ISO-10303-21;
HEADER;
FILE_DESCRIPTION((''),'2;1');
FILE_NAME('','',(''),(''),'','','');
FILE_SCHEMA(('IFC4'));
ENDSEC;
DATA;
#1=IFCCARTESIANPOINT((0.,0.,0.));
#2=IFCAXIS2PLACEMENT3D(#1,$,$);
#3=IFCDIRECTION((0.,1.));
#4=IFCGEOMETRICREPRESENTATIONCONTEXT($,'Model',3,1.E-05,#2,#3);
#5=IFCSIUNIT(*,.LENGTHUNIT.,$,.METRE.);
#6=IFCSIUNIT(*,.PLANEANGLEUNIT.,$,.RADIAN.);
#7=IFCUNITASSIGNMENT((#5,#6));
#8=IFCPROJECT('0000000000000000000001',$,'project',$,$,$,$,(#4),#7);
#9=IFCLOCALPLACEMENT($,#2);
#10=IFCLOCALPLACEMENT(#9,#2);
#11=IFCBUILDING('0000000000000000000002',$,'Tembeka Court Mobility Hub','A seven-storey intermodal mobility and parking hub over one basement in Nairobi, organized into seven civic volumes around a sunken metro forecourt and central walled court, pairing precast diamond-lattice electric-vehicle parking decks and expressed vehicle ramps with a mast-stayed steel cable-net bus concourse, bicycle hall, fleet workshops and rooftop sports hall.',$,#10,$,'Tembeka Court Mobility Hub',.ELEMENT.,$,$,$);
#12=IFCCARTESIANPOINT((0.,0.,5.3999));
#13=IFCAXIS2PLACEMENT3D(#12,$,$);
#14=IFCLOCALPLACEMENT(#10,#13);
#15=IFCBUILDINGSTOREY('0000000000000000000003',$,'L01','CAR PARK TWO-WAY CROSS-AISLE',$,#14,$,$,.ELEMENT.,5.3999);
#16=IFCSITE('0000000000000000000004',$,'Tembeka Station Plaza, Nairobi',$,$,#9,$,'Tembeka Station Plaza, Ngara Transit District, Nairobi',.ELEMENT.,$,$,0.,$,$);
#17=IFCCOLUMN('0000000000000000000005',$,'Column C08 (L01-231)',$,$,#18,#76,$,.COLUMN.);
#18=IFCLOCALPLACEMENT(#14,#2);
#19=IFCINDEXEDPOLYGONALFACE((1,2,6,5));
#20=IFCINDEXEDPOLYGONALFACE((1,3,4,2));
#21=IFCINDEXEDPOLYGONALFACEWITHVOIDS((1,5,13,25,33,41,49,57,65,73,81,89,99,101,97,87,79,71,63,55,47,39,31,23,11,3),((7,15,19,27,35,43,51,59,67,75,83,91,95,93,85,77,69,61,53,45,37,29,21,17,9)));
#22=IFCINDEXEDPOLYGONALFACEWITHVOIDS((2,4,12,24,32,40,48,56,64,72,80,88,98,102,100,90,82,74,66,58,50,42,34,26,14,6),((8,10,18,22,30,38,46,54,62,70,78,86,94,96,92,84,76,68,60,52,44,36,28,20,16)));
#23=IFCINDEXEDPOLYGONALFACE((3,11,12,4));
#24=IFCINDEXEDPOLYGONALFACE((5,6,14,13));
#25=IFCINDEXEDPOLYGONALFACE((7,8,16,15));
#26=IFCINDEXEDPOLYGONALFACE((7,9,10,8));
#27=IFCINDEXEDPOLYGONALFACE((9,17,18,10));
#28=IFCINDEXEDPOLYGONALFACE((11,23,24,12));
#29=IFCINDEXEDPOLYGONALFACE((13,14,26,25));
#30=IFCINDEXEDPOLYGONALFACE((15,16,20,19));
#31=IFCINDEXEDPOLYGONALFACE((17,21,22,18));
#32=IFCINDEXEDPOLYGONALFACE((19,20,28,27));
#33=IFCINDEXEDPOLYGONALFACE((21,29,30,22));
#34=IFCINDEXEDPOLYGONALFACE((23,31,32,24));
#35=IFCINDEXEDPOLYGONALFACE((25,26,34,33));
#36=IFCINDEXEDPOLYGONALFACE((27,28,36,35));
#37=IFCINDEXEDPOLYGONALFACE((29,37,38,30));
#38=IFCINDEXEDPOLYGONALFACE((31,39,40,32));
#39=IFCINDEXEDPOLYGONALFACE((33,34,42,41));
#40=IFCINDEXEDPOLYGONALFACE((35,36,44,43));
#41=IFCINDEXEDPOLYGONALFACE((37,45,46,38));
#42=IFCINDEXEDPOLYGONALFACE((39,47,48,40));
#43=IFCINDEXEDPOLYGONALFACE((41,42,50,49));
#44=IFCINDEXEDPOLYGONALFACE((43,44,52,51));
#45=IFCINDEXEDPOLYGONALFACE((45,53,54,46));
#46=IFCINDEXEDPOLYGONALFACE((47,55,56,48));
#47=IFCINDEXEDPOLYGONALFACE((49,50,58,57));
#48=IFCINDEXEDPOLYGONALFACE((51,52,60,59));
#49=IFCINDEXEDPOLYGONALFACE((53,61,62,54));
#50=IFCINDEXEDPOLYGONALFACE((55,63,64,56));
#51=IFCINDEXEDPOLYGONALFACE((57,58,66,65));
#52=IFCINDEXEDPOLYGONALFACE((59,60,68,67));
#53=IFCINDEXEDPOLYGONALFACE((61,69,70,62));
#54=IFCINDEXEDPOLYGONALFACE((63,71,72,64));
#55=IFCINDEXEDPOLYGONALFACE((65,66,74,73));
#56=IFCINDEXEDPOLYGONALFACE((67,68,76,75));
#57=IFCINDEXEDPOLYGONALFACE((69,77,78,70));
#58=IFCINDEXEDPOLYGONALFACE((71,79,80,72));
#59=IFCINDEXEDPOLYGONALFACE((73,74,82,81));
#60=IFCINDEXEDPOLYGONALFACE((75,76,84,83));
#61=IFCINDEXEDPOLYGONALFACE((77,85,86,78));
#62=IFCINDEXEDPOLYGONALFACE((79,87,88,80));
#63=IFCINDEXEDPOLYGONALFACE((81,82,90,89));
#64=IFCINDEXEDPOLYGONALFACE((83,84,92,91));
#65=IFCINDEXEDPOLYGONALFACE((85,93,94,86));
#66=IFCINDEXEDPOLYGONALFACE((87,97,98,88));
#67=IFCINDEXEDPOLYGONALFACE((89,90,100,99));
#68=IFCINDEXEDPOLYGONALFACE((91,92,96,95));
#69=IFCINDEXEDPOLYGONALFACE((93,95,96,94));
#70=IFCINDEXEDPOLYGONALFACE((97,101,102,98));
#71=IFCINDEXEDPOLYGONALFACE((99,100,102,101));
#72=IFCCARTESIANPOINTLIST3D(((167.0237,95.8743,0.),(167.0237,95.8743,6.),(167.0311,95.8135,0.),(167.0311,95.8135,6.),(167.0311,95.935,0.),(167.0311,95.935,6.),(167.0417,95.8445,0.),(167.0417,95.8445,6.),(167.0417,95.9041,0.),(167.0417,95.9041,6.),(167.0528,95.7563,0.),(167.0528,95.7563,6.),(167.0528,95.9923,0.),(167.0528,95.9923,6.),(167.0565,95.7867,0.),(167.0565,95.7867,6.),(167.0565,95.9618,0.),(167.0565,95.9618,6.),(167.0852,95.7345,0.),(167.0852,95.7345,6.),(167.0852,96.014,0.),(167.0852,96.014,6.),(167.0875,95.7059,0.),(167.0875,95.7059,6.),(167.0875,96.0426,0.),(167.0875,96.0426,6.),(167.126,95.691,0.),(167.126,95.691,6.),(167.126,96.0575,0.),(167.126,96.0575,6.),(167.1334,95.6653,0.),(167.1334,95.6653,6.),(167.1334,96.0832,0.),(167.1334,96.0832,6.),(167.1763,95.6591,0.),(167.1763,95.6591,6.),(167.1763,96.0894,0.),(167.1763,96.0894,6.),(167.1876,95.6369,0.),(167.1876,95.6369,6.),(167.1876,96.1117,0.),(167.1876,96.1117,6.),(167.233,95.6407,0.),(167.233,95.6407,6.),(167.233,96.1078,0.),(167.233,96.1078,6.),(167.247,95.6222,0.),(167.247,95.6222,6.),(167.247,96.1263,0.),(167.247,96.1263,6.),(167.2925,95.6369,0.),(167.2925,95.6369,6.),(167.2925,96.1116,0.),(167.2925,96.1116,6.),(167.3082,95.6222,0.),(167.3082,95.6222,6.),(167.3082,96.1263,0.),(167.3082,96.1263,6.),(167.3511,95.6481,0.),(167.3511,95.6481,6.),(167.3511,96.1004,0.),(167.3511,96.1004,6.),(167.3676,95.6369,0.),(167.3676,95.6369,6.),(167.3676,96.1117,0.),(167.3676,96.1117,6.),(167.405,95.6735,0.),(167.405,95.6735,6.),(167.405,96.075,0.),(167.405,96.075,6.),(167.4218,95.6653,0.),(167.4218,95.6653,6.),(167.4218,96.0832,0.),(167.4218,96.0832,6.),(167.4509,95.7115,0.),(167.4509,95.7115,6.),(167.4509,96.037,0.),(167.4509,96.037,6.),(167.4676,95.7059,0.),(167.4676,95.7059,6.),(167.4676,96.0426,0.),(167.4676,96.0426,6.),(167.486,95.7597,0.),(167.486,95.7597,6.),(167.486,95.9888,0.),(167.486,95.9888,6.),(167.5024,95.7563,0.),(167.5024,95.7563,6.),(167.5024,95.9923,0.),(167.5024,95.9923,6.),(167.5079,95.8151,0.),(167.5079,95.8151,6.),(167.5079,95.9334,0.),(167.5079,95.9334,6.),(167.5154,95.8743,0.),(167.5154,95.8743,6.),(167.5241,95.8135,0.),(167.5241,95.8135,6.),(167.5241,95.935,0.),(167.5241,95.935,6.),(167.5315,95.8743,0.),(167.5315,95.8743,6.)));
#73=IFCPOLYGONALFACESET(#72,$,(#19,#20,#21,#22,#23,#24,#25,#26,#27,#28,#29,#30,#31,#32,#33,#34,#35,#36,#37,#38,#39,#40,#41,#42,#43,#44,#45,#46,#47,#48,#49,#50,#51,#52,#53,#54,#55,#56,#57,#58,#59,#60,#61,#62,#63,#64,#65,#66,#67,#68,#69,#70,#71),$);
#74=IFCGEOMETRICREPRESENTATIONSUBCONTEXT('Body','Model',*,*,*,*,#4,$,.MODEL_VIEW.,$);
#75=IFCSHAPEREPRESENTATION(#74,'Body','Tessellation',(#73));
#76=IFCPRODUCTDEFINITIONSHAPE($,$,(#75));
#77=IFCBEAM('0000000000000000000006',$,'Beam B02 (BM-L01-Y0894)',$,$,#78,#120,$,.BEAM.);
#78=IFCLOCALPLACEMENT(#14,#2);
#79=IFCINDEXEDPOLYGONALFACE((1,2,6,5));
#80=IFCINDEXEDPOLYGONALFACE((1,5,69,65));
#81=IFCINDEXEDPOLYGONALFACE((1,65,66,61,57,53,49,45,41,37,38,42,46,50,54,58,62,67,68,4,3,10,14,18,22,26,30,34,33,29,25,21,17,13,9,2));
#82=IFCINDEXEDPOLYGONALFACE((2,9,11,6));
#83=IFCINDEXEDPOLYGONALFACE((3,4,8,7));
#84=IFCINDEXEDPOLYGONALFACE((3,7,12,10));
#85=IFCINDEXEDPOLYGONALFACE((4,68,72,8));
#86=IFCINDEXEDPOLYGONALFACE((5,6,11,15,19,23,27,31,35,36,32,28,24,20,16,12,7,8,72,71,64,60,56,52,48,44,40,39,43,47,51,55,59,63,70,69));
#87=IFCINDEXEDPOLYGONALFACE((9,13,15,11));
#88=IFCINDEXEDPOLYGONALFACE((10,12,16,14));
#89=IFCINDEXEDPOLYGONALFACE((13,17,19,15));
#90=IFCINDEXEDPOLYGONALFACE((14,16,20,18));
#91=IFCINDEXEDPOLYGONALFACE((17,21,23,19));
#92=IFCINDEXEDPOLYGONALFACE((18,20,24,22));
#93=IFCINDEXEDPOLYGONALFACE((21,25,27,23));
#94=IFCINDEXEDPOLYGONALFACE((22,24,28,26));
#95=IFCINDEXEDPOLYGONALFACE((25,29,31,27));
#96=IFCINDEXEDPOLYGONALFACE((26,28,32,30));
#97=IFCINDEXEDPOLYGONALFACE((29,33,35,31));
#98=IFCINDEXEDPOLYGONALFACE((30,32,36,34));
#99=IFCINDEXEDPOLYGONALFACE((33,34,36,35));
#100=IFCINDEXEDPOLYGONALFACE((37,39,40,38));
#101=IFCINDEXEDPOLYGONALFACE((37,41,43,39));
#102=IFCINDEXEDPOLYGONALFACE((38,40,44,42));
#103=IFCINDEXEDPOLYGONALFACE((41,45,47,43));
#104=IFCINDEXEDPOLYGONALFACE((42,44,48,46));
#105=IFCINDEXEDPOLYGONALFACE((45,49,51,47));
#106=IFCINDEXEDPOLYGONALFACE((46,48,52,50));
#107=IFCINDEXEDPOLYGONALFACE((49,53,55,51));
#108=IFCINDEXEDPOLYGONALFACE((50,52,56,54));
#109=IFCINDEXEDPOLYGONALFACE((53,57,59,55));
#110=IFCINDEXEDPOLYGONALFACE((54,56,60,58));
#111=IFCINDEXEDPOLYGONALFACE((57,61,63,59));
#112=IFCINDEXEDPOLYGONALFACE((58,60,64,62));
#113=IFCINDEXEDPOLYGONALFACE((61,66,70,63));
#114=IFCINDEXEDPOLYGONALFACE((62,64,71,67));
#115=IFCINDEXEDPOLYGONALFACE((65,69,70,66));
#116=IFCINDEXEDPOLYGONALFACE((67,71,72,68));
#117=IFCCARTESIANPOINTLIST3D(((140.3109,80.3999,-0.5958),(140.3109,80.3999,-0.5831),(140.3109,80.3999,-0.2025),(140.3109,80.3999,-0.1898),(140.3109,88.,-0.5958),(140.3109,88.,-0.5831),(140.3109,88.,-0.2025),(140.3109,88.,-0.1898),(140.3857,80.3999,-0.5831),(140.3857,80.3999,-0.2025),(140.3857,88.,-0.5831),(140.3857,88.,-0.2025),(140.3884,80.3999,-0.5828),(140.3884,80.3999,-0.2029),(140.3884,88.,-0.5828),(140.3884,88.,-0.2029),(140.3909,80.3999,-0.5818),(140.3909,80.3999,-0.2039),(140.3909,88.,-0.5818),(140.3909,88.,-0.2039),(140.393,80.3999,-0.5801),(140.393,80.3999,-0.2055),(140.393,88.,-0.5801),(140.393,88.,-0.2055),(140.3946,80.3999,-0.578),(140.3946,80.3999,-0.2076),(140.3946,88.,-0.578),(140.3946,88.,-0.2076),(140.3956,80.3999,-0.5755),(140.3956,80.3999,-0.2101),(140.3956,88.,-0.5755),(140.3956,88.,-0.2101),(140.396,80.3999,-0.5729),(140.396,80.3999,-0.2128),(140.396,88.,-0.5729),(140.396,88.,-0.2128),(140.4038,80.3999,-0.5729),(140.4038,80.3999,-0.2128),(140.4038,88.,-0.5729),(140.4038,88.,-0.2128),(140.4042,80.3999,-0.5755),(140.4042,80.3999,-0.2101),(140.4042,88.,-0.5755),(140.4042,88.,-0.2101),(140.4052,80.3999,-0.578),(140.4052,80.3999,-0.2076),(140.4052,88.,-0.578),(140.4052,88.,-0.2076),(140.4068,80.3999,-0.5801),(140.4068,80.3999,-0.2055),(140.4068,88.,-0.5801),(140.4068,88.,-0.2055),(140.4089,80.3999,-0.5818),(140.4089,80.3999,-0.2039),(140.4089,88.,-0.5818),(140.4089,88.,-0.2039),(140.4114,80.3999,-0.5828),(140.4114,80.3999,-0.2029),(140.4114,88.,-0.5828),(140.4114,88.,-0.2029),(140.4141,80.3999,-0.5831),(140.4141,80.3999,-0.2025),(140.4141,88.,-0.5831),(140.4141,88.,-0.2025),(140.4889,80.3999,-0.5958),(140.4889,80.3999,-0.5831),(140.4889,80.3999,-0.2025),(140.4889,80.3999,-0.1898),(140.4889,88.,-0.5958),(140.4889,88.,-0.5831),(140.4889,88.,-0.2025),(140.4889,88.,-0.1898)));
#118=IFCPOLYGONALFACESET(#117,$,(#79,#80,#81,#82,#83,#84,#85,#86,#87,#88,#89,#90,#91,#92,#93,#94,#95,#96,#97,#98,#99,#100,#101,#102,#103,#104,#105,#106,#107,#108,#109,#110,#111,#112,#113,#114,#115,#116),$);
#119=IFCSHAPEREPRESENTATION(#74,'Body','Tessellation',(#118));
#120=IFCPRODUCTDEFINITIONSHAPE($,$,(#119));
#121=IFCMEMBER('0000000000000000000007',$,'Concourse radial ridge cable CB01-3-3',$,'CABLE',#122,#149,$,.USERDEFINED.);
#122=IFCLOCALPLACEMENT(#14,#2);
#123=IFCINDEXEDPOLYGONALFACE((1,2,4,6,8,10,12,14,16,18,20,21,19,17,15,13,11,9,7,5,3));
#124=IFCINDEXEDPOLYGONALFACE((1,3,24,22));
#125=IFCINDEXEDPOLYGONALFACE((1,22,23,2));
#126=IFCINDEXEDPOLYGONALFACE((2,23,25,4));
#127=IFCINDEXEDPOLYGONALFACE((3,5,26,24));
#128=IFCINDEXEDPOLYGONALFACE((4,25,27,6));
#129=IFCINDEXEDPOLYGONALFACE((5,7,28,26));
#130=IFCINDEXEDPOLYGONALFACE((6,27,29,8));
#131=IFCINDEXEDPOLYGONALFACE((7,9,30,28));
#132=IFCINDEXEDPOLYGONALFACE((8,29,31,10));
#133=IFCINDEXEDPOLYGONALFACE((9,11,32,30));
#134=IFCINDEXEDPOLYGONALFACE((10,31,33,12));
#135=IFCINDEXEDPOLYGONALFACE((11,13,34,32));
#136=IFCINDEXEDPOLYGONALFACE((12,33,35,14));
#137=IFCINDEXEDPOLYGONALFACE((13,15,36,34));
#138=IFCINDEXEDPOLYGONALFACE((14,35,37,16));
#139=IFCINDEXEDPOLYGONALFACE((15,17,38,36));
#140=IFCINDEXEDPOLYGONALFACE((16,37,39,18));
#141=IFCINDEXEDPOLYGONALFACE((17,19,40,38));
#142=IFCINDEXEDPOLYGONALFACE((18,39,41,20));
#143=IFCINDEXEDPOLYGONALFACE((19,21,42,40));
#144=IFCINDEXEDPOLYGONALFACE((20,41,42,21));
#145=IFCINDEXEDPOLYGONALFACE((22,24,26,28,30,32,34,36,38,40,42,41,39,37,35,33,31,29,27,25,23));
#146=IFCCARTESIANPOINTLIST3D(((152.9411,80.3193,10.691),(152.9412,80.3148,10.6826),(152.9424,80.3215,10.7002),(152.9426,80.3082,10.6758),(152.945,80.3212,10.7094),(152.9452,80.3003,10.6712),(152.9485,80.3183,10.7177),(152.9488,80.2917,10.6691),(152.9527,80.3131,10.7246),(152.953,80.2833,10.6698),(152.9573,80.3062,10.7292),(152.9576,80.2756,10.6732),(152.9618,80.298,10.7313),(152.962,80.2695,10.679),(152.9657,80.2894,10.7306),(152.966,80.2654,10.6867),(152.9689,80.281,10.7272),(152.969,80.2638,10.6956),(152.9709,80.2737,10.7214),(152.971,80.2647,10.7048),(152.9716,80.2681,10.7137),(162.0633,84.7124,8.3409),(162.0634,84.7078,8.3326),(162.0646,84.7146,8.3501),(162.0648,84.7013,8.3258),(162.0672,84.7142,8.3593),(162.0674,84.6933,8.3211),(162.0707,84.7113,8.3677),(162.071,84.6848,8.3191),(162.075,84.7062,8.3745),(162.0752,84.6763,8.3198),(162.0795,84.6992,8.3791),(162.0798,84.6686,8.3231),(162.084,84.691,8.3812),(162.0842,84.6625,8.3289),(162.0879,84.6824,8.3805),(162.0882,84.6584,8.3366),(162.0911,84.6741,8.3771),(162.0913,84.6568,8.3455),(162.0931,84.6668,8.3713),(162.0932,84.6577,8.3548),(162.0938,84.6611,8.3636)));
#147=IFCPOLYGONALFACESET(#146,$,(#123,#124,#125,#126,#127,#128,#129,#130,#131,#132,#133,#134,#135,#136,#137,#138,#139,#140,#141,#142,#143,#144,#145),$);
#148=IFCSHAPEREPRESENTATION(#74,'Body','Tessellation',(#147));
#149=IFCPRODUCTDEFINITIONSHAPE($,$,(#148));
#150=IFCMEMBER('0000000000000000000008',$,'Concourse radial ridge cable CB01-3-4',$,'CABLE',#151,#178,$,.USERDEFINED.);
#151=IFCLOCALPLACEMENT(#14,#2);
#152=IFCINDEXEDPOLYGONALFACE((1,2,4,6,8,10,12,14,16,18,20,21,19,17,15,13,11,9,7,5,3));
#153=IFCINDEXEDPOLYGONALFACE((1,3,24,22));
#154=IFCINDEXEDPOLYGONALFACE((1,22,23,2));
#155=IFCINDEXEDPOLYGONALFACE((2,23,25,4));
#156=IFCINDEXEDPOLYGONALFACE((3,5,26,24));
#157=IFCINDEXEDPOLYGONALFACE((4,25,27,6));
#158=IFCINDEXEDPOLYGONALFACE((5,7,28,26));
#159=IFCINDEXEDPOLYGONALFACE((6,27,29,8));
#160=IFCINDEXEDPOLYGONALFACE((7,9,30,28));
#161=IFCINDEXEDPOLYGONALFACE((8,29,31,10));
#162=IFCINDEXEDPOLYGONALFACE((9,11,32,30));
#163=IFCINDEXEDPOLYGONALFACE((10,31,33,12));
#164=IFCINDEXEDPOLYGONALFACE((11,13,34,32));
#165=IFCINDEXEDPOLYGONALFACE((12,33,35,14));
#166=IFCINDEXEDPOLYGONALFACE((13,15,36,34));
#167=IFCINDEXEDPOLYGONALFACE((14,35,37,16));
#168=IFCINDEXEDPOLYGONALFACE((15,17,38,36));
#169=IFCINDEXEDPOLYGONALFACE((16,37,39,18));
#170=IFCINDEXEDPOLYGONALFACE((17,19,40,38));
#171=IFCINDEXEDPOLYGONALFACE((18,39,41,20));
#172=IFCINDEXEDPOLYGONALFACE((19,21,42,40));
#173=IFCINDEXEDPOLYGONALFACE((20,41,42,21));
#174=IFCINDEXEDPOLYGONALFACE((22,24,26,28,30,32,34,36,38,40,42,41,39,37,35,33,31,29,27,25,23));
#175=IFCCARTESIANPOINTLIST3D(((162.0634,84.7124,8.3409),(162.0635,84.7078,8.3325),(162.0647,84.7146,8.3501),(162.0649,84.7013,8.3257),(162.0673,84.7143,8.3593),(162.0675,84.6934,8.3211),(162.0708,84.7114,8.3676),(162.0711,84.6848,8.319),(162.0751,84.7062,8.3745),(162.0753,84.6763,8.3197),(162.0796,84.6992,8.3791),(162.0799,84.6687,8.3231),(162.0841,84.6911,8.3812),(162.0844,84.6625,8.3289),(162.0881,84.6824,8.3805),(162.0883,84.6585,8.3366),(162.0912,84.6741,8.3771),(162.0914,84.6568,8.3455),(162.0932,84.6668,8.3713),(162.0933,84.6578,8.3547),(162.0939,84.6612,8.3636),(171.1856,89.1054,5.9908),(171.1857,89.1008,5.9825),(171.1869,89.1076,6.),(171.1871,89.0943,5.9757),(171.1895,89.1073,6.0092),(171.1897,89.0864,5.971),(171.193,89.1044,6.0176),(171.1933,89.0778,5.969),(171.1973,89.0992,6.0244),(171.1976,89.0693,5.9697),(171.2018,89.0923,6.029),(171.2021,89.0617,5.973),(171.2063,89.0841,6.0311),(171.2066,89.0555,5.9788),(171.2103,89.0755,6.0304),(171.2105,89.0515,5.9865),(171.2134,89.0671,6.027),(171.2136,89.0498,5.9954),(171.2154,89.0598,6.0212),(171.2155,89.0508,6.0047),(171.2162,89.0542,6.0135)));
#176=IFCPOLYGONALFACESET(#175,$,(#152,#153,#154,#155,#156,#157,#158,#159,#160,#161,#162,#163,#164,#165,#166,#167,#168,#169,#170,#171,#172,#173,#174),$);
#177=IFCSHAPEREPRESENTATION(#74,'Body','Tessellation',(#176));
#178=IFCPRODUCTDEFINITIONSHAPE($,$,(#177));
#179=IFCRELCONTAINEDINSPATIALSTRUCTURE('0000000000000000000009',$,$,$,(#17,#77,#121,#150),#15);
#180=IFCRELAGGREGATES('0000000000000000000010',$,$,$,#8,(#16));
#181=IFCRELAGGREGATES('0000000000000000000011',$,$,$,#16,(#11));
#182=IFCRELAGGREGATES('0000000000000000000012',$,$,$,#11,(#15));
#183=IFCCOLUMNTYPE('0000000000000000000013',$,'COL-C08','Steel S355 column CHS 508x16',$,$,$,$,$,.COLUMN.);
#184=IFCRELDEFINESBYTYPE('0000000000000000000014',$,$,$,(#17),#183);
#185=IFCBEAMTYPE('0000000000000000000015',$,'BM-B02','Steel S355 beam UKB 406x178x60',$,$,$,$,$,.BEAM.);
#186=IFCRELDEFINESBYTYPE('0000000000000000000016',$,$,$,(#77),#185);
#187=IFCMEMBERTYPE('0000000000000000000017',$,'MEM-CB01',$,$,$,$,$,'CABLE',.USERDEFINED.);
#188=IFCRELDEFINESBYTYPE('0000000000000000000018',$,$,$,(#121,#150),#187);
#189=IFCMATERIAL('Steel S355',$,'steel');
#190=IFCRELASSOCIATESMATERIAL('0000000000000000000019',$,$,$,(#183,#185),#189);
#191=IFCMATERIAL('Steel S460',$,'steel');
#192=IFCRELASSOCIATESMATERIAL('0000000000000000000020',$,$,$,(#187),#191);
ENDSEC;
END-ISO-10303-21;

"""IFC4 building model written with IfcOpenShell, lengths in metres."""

from ifc_helpers import new_model, si_unit, direction, frame, origin, origin_2d, place, context, subcontext, project, spatial, circle, hollow_circle, i_section, extrude, material, material_profile, profile_set, type_object, element, save


model = new_model("IFC4")

# Units and contexts
model_context = context("Model", 3, precision=1e-05, world=origin(), true_north=direction((0.0, 1.0)))
body_context = subcontext(model_context, "Body", "Model", "MODEL_VIEW")
ifc_project = project(units=[si_unit("LENGTHUNIT", "METRE"), si_unit("PLANEANGLEUNIT", "RADIAN")], contexts=[model_context])

# Site, building, storey
site_placement = place(None, origin())
site = spatial("IfcSite", under=ifc_project, at=site_placement, Name="Tembeka Station Plaza, Nairobi", LongName="Tembeka Station Plaza, Ngara Transit District, Nairobi", CompositionType="ELEMENT", RefElevation=0.0)
building_placement = place(site_placement, origin())
building = spatial("IfcBuilding", under=site, at=building_placement, Name="Tembeka Court Mobility Hub", Description="A seven-storey intermodal mobility and parking hub over one basement in Nairobi, organized into seven civic volumes around a sunken metro forecourt and central walled court, pairing precast diamond-lattice electric-vehicle parking decks and expressed vehicle ramps with a mast-stayed steel cable-net bus concourse, bicycle hall, fleet workshops and rooftop sports hall.", LongName="Tembeka Court Mobility Hub", CompositionType="ELEMENT")
storey_placement = place(building_placement, frame((0.0, 0.0, 5.3999)))
storey = spatial("IfcBuildingStorey", under=building, at=storey_placement, Name="L01", Description="CAR PARK TWO-WAY CROSS-AISLE", CompositionType="ELEMENT", Elevation=5.3999)

# Column
ifc_material_1 = material(Name="Steel S355", Category="steel")
ifc_material_profile_1 = material_profile(ifc_material_1, hollow_circle(Radius=0.2539, WallThickness=0.0161, at=origin_2d()), Name="CHS 508x16")
ifc_profile_set_1 = profile_set([ifc_material_profile_1], Name="Steel S355")
column_type = type_object("IfcColumnType", Name="COL-C08", Description="Steel S355 column CHS 508x16", PredefinedType="COLUMN", material=ifc_profile_set_1)
column_placement = place(storey_placement, frame((167.2776, 95.8743, 0.0), z_axis=(0.0, 0.0, 1.0), x_axis=(1.0, 0.0, 0.0)))
element("IfcColumn", 1, at=column_placement, inside=storey, type_object=column_type, Name="Column C08 (L01-231)", PredefinedType="COLUMN", context=body_context, shape_type="SweptSolid", body=[
    extrude(hollow_circle(Radius=0.2539, WallThickness=0.0161, at=origin_2d()), origin(), (0.0, 0.0, 1.0), 6.0),
])

# Beam
ifc_material_profile_2 = material_profile(ifc_material_1, i_section(OverallWidth=0.178, OverallDepth=0.406, WebThickness=0.0078, FlangeThickness=0.0127, FilletRadius=0.0103, at=origin_2d()), Name="UKB 406x178x60")
ifc_profile_set_2 = profile_set([ifc_material_profile_2], Name="Steel S355")
beam_type = type_object("IfcBeamType", Name="BM-B02", Description="Steel S355 beam UKB 406x178x60", PredefinedType="BEAM", material=ifc_profile_set_2)
beam_placement = place(storey_placement, frame((140.3999, 80.3999, -0.3928), z_axis=(0.0, 1.0, 0.0), x_axis=(-1.0, 0.0, 0.0)))
element("IfcBeam", 2, at=beam_placement, inside=storey, type_object=beam_type, Name="Beam B02 (BM-L01-Y0894)", PredefinedType="BEAM", context=body_context, shape_type="SweptSolid", body=[
    extrude(i_section(OverallWidth=0.178, OverallDepth=0.406, WebThickness=0.0078, FlangeThickness=0.0127, FilletRadius=0.0103, at=origin_2d()), origin(), (0.0, 0.0, 1.0), 7.6001),
])

# Members
ifc_material_2 = material(Name="Steel S460", Category="steel")
ifc_material_profile_3 = material_profile(ifc_material_2, circle(Radius=0.032, at=origin_2d()), Name="CABLE D64")
ifc_profile_set_3 = profile_set([ifc_material_profile_3], Name="Steel S460")
member_type_1 = type_object("IfcMemberType", Name="MEM-CB01", ElementType="CABLE", PredefinedType="USERDEFINED", material=ifc_profile_set_3)
for number, where, z_axis, x_axis, name in (
    (3, (152.9563, 80.2927, 10.7002), (0.877638, 0.422647, -0.226098), (-0.433883, 0.900969, 0.0), "Concourse radial ridge cable CB01-3-3"),
    (4, (162.0786, 84.6858, 8.3501), (0.877638, 0.422647, -0.226098), (-0.433883, 0.900969, 0.0), "Concourse radial ridge cable CB01-3-4"),
):
    element("IfcMember", number, at=place(storey_placement, frame(where, z_axis=z_axis, x_axis=x_axis)), inside=storey, type_object=member_type_1, Name=name, ObjectType="CABLE", PredefinedType="USERDEFINED", context=body_context, shape_type="SweptSolid", body=[
        extrude(circle(Radius=0.032, at=origin_2d()), origin(), (0.0, 0.0, 1.0), 10.394),
    ])

save(model, "model.ifc")
